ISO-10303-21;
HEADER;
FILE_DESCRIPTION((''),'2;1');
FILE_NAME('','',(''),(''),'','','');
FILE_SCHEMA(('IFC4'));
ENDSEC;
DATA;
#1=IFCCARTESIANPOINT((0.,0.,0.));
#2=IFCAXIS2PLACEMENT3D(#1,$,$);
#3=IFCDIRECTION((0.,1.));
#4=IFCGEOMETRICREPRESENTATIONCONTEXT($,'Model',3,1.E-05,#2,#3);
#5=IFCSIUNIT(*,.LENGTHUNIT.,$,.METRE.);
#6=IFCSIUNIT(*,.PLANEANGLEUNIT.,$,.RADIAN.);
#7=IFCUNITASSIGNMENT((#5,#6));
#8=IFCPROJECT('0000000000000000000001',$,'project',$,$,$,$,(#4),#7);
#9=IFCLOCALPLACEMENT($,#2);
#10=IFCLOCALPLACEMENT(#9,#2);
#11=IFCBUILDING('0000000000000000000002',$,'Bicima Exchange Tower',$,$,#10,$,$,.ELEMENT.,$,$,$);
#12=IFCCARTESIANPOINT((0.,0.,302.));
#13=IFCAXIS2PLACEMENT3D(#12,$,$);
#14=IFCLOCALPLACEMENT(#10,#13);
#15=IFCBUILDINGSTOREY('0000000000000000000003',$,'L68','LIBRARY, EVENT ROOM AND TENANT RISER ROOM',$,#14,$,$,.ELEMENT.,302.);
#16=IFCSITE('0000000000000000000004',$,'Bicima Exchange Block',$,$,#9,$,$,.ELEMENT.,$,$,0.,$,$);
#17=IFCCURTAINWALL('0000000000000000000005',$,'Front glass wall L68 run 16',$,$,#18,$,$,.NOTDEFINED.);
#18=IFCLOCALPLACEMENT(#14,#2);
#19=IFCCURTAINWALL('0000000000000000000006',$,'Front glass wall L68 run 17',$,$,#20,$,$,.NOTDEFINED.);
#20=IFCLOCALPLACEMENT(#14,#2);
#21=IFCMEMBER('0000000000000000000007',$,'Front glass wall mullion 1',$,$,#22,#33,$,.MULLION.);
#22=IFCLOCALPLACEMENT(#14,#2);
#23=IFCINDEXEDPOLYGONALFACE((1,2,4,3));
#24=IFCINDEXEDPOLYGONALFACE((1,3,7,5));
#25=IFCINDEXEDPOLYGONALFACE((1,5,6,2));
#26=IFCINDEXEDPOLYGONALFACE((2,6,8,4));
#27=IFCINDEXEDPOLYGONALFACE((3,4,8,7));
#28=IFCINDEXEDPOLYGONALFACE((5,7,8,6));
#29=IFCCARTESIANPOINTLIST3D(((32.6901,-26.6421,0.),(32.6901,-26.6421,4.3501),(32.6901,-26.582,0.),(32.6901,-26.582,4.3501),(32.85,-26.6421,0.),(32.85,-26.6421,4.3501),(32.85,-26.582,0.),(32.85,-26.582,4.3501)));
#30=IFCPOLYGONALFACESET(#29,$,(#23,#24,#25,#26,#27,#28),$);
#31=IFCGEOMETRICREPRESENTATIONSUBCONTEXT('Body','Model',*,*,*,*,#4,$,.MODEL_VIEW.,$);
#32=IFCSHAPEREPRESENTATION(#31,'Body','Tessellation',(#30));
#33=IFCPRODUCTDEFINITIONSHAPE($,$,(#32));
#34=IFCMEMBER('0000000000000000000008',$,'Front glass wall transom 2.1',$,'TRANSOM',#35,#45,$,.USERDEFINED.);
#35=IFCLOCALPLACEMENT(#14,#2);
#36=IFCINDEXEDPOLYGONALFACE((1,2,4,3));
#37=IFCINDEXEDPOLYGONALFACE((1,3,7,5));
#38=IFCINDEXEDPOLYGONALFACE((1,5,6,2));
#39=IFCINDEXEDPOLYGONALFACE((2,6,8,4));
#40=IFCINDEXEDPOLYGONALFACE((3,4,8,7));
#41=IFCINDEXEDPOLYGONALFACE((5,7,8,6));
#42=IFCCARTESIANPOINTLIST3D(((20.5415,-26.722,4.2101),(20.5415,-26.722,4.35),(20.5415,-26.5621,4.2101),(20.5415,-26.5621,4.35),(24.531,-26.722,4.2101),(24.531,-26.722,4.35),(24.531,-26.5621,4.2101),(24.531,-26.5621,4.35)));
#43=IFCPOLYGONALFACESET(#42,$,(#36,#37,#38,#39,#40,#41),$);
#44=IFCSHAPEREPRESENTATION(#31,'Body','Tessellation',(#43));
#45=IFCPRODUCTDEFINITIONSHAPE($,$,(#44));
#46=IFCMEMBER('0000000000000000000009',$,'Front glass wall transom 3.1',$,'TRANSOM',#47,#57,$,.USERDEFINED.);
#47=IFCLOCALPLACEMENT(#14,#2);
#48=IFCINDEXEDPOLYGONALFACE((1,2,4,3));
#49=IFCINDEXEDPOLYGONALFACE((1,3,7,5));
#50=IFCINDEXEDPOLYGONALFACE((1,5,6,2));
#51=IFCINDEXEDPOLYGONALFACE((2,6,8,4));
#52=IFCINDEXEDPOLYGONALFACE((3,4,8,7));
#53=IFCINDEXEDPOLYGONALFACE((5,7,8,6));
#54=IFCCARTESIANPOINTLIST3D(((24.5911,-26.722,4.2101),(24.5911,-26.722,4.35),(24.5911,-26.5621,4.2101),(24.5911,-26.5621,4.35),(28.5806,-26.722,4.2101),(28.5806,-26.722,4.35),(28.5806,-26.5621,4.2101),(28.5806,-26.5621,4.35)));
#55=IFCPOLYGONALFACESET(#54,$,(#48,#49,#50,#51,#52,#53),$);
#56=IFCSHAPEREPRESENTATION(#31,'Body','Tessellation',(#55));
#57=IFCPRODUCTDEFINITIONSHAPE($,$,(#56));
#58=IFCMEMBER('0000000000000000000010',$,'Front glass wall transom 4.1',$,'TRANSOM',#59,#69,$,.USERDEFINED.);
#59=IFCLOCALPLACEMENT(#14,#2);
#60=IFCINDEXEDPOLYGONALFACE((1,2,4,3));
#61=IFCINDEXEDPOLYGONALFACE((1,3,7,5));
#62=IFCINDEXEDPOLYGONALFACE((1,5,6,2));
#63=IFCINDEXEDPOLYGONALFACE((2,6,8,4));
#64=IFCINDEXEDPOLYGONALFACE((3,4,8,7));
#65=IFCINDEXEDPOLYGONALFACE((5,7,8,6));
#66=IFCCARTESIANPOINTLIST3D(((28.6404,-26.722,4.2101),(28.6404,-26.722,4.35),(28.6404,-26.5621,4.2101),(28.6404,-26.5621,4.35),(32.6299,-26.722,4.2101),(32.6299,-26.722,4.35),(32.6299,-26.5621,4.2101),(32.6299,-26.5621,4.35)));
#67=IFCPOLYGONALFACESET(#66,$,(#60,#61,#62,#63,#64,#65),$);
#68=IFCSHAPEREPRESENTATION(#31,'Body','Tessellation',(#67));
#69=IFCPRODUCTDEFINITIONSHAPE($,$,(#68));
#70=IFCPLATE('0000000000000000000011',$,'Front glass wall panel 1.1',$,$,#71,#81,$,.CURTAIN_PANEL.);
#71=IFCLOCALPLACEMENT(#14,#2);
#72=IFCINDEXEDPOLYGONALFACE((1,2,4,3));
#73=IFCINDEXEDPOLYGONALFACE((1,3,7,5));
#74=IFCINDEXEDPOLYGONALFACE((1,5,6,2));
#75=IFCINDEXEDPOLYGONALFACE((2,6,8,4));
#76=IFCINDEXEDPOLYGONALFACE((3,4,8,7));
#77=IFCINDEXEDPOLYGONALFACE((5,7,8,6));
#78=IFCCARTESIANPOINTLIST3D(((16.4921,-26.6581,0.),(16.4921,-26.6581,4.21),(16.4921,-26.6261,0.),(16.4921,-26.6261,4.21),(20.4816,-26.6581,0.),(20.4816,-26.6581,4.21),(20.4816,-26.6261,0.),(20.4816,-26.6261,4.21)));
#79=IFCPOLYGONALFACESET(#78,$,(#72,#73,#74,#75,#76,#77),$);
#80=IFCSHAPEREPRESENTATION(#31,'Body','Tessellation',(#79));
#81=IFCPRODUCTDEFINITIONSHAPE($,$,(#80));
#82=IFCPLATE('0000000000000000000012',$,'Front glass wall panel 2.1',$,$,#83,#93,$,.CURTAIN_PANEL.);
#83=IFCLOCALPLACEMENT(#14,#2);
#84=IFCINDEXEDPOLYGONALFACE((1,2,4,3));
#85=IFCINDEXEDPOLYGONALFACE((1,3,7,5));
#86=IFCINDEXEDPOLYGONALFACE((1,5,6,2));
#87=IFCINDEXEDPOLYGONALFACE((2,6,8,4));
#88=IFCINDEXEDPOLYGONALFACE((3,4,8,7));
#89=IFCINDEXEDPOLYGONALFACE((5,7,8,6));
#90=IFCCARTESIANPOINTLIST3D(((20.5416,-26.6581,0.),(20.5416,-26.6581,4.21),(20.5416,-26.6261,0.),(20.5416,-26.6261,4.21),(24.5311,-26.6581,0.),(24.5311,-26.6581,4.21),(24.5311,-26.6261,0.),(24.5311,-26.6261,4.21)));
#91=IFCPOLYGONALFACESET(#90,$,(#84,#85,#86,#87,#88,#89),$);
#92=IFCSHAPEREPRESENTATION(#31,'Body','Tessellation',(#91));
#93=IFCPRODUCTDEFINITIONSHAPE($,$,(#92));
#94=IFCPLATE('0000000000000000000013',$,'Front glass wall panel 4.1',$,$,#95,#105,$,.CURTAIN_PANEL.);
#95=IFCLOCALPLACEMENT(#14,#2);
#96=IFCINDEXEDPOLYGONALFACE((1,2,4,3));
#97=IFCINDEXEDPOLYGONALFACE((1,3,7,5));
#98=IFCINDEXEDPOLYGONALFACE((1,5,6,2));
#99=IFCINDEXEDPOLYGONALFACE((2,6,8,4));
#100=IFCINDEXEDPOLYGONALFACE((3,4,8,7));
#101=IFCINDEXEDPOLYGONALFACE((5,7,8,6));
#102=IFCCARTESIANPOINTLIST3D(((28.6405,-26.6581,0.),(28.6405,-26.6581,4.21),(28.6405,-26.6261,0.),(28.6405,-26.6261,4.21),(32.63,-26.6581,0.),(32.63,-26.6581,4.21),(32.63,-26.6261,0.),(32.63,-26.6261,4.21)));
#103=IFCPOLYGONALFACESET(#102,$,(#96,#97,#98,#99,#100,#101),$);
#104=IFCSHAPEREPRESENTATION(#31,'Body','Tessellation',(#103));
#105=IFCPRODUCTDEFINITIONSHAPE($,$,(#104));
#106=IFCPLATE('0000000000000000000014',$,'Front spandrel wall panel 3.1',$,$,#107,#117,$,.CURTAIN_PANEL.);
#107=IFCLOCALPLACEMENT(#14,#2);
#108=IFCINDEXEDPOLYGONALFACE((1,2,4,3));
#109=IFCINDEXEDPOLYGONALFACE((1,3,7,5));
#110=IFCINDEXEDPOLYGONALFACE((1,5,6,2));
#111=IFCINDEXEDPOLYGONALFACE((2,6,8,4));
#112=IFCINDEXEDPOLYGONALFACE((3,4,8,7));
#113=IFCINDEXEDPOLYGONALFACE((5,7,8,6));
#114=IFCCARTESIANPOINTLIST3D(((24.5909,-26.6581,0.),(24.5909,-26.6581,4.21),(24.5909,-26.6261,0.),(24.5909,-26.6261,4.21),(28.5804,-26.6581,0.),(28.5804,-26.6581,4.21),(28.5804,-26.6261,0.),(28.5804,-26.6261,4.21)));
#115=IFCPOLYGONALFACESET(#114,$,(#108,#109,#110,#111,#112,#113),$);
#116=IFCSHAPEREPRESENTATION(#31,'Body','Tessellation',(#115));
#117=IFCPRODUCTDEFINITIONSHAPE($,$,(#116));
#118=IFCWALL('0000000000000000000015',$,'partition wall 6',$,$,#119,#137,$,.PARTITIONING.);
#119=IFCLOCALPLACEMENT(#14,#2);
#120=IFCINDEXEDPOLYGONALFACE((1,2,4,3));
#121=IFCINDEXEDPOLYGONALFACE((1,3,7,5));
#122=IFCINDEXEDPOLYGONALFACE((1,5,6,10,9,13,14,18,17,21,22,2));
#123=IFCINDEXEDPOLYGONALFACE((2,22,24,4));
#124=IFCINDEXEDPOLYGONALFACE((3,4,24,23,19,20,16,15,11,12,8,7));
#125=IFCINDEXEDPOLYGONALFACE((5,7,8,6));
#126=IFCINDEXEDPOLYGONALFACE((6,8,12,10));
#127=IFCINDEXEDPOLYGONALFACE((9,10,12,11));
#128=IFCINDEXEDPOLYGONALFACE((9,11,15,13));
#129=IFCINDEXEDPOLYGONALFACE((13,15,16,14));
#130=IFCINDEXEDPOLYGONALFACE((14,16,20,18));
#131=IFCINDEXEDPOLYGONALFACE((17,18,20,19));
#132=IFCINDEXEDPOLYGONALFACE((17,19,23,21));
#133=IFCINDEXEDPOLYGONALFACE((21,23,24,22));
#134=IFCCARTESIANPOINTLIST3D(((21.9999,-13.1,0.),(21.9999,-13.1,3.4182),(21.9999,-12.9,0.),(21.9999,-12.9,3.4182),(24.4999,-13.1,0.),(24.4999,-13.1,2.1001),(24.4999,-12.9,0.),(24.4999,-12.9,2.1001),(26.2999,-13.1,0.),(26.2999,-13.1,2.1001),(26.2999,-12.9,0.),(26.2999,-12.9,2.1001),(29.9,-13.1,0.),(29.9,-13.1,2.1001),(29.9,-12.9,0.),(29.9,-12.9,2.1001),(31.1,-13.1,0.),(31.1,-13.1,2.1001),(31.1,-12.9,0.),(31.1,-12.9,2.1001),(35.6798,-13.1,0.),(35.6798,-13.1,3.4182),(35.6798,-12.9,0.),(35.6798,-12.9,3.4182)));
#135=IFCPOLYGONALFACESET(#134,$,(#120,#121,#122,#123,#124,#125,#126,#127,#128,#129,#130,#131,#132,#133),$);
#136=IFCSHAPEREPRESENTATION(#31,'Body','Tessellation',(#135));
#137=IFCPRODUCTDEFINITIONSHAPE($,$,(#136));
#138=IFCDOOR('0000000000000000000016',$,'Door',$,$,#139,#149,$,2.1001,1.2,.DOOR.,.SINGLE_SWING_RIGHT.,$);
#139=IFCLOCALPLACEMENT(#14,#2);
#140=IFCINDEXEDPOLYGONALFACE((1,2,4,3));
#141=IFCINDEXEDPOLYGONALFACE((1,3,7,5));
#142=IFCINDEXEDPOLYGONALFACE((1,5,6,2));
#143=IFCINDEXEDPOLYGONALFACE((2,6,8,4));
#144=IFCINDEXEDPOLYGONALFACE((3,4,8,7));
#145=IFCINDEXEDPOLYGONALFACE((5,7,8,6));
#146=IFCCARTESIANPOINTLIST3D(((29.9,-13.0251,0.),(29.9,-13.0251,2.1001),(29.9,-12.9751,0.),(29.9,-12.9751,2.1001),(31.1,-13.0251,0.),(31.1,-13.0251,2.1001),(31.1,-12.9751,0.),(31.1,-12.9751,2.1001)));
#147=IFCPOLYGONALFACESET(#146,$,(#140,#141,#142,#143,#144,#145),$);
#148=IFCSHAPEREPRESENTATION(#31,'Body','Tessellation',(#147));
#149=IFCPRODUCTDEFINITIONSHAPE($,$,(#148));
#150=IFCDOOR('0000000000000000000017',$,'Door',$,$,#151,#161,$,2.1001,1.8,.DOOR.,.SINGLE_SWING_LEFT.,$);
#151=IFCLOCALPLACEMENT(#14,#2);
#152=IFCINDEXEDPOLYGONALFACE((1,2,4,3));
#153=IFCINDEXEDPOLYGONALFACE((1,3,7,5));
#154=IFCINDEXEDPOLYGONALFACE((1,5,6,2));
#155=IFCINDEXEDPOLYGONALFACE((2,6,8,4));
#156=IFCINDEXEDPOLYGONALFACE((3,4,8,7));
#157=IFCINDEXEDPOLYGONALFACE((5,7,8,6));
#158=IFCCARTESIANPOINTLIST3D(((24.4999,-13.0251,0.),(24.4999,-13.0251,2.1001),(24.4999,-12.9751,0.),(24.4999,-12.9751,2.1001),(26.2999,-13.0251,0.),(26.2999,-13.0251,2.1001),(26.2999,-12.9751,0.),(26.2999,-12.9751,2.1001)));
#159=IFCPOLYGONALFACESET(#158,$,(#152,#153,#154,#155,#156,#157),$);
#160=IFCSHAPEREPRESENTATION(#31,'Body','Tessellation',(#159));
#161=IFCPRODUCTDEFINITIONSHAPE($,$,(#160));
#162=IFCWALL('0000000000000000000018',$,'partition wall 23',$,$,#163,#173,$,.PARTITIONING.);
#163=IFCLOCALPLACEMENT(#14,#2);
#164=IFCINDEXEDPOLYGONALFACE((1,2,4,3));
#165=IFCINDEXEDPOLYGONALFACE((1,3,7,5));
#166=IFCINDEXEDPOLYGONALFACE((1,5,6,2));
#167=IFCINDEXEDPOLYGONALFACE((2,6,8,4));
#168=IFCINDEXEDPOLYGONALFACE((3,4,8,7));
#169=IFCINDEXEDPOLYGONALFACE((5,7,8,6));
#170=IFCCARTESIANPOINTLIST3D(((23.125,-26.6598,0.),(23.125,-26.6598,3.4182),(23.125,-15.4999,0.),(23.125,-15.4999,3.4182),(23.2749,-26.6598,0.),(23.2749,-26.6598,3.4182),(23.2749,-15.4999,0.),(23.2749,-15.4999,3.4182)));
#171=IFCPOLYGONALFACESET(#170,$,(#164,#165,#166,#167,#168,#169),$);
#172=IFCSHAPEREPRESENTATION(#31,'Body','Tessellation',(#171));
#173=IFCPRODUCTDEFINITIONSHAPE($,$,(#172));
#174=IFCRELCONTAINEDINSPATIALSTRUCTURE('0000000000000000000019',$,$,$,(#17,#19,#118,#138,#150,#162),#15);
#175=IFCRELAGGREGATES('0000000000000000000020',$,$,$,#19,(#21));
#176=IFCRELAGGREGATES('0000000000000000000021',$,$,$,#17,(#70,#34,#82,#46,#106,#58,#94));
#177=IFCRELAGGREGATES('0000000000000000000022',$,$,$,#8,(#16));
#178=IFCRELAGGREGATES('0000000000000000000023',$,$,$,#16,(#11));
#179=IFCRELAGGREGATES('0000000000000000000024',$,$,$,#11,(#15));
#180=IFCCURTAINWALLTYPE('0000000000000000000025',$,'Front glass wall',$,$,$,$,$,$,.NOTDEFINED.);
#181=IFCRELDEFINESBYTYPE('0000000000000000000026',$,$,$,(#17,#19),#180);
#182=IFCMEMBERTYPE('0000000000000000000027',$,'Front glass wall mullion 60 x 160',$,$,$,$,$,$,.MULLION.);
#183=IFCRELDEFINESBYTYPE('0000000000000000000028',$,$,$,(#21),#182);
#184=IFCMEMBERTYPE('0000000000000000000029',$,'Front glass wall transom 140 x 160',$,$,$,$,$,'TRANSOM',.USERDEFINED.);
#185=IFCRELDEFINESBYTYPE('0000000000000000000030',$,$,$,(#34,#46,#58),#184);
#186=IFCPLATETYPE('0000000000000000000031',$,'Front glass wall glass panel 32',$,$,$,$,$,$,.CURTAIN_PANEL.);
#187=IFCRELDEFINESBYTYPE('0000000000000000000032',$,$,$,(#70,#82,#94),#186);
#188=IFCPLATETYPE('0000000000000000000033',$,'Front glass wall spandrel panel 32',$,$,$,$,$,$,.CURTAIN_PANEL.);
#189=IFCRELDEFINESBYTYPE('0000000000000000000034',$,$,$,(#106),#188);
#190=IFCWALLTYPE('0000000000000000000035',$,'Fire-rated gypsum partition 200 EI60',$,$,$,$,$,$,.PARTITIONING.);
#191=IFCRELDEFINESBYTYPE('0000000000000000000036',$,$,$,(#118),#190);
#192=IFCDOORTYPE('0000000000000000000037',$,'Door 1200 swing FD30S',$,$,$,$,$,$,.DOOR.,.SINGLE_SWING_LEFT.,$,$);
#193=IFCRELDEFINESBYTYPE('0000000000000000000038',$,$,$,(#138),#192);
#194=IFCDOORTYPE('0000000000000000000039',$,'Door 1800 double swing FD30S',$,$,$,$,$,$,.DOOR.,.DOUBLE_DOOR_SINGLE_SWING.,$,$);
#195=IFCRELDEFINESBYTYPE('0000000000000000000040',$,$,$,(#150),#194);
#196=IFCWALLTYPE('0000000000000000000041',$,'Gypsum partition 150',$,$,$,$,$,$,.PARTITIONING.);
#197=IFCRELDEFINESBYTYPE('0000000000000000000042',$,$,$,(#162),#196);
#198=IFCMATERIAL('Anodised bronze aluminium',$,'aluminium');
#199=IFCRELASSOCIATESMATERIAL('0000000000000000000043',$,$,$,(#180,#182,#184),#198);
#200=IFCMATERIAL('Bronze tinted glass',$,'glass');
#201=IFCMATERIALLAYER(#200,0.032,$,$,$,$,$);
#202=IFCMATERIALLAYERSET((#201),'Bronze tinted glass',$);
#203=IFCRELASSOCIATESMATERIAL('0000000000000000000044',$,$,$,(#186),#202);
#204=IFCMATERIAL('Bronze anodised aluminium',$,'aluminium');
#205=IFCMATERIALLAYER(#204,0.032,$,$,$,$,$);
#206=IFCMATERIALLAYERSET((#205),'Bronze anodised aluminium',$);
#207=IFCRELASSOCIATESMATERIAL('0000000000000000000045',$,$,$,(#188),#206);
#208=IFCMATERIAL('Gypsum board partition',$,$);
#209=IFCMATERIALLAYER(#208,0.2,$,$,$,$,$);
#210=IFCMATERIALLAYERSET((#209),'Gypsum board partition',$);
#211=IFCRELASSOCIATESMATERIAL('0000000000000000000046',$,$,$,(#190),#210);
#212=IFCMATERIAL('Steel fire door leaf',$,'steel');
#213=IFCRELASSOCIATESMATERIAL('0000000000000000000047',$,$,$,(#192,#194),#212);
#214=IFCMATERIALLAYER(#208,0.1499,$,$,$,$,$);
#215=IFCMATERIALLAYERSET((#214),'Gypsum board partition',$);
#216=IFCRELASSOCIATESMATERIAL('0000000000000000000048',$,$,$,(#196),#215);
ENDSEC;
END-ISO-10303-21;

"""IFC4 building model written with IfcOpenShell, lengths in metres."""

from ifc_helpers import new_model, si_unit, direction, frame, frame_2d, origin, origin_2d, place, context, subcontext, project, spatial, rectangle, extrude, material, layer, layer_set, material_profile, profile_set, type_object, element, fill, aggregate, save


model = new_model("IFC4")

# Units and contexts
model_context = context("Model", 3, precision=1e-05, world=origin(), true_north=direction((0.0, 1.0)))
body_context = subcontext(model_context, "Body", "Model", "MODEL_VIEW")
ifc_project = project(units=[si_unit("LENGTHUNIT", "METRE"), si_unit("PLANEANGLEUNIT", "RADIAN")], contexts=[model_context])

# Site, building, storey
site_placement = place(None, origin())
site = spatial("IfcSite", under=ifc_project, at=site_placement, Name="Bicima Exchange Block", CompositionType="ELEMENT", RefElevation=0.0)
building_placement = place(site_placement, origin())
building = spatial("IfcBuilding", under=site, at=building_placement, Name="Bicima Exchange Tower", CompositionType="ELEMENT")
storey_placement = place(building_placement, frame((0.0, 0.0, 302.0)))
storey = spatial("IfcBuildingStorey", under=building, at=storey_placement, Name="L68", Description="LIBRARY, EVENT ROOM AND TENANT RISER ROOM", CompositionType="ELEMENT", Elevation=302.0)

# Curtain wall
ifc_material_1 = material(Name="Anodised bronze aluminium", Category="aluminium")
curtain_wall_type = type_object("IfcCurtainWallType", Name="Front glass wall", PredefinedType="NOTDEFINED", material=ifc_material_1)
curtain_wall_1_placement = place(storey_placement, origin())
curtain_wall_1 = element("IfcCurtainWall", 1, at=curtain_wall_1_placement, inside=storey, type_object=curtain_wall_type, Name="Front glass wall L68 run 16", PredefinedType="NOTDEFINED")
ifc_material_profile_1 = material_profile(ifc_material_1, rectangle(XDim=0.1599, YDim=0.0601, at=origin_2d()))
ifc_profile_set_1 = profile_set([ifc_material_profile_1], Name="Anodised bronze aluminium")
member_type_1 = type_object("IfcMemberType", Name="Front glass wall mullion 60 x 160", PredefinedType="MULLION", material=ifc_profile_set_1)

# Curtain wall, member
curtain_wall_2_placement = place(storey_placement, origin())
curtain_wall_2 = element("IfcCurtainWall", 2, at=curtain_wall_2_placement, inside=storey, type_object=curtain_wall_type, Name="Front glass wall L68 run 17", PredefinedType="NOTDEFINED")
member_1_placement = place(storey_placement, frame((32.77, -26.6121, 0.0), z_axis=(0.0, 0.0, 1.0), x_axis=(-1.0, 0.0, 0.0)))
member_1 = element("IfcMember", 3, at=member_1_placement, type_object=member_type_1, Name="Front glass wall mullion 1", PredefinedType="MULLION", context=body_context, shape_type="SweptSolid", body=[
    extrude(rectangle(XDim=0.1599, YDim=0.0601, at=origin_2d()), origin(), (0.0, 0.0, 1.0), 4.3501),
])
aggregate(curtain_wall_2, [member_1])

# Members
ifc_material_profile_2 = material_profile(ifc_material_1, rectangle(XDim=0.1599, YDim=0.1399, at=origin_2d()))
ifc_profile_set_2 = profile_set([ifc_material_profile_2], Name="Anodised bronze aluminium")
member_type_2 = type_object("IfcMemberType", Name="Front glass wall transom 140 x 160", ElementType="TRANSOM", PredefinedType="USERDEFINED", material=ifc_profile_set_2)
member_2_placement = place(storey_placement, frame((20.5415, -26.6421, 4.28), z_axis=(1.0, 0.0, 0.0), x_axis=(0.0, 1.0, 0.0)))
member_2 = element("IfcMember", 4, at=member_2_placement, type_object=member_type_2, Name="Front glass wall transom 2.1", ObjectType="TRANSOM", PredefinedType="USERDEFINED", context=body_context, shape_type="SweptSolid", body=[
    extrude(rectangle(XDim=0.1599, YDim=0.1399, at=origin_2d()), origin(), (0.0, 0.0, 1.0), 3.9895),
])
member_3_placement = place(storey_placement, frame((24.5911, -26.6421, 4.28), z_axis=(1.0, 0.0, 0.0), x_axis=(0.0, 1.0, 0.0)))
member_3 = element("IfcMember", 5, at=member_3_placement, type_object=member_type_2, Name="Front glass wall transom 3.1", ObjectType="TRANSOM", PredefinedType="USERDEFINED", context=body_context, shape_type="SweptSolid", body=[
    extrude(rectangle(XDim=0.1599, YDim=0.1399, at=origin_2d()), origin(), (0.0, 0.0, 1.0), 3.9895),
])
member_4_placement = place(storey_placement, frame((28.6404, -26.6421, 4.28), z_axis=(1.0, 0.0, 0.0), x_axis=(0.0, 1.0, 0.0)))
member_4 = element("IfcMember", 6, at=member_4_placement, type_object=member_type_2, Name="Front glass wall transom 4.1", ObjectType="TRANSOM", PredefinedType="USERDEFINED", context=body_context, shape_type="SweptSolid", body=[
    extrude(rectangle(XDim=0.1599, YDim=0.1399, at=origin_2d()), origin(), (0.0, 0.0, 1.0), 3.9895),
])

# Plates
ifc_material_2 = material(Name="Bronze tinted glass", Category="glass")
ifc_layer_1 = layer(ifc_material_2, 0.032)
ifc_layer_set_1 = layer_set([ifc_layer_1], Name="Bronze tinted glass")
plate_type_1 = type_object("IfcPlateType", Name="Front glass wall glass panel 32", PredefinedType="CURTAIN_PANEL", material=ifc_layer_set_1)
plate_1_placement = place(storey_placement, frame((18.4868, -26.6421, 0.0), z_axis=(0.0, 0.0, 1.0), x_axis=(1.0, 0.0, 0.0)))
plate_1 = element("IfcPlate", 7, at=plate_1_placement, type_object=plate_type_1, Name="Front glass wall panel 1.1", PredefinedType="CURTAIN_PANEL", context=body_context, shape_type="SweptSolid", body=[
    extrude(rectangle(XDim=3.9895, YDim=0.032, at=origin_2d()), origin(), (0.0, 0.0, 1.0), 4.21),
])
plate_2_placement = place(storey_placement, frame((22.5364, -26.6421, 0.0), z_axis=(0.0, 0.0, 1.0), x_axis=(1.0, 0.0, 0.0)))
plate_2 = element("IfcPlate", 8, at=plate_2_placement, type_object=plate_type_1, Name="Front glass wall panel 2.1", PredefinedType="CURTAIN_PANEL", context=body_context, shape_type="SweptSolid", body=[
    extrude(rectangle(XDim=3.9895, YDim=0.032, at=origin_2d()), origin(), (0.0, 0.0, 1.0), 4.21),
])
plate_3_placement = place(storey_placement, frame((30.6353, -26.6421, 0.0), z_axis=(0.0, 0.0, 1.0), x_axis=(1.0, 0.0, 0.0)))
plate_3 = element("IfcPlate", 9, at=plate_3_placement, type_object=plate_type_1, Name="Front glass wall panel 4.1", PredefinedType="CURTAIN_PANEL", context=body_context, shape_type="SweptSolid", body=[
    extrude(rectangle(XDim=3.9895, YDim=0.032, at=origin_2d()), origin(), (0.0, 0.0, 1.0), 4.21),
])
ifc_material_3 = material(Name="Bronze anodised aluminium", Category="aluminium")
ifc_layer_2 = layer(ifc_material_3, 0.032)
ifc_layer_set_2 = layer_set([ifc_layer_2], Name="Bronze anodised aluminium")
plate_type_2 = type_object("IfcPlateType", Name="Front glass wall spandrel panel 32", PredefinedType="CURTAIN_PANEL", material=ifc_layer_set_2)
plate_4_placement = place(storey_placement, frame((26.5857, -26.6421, 0.0), z_axis=(0.0, 0.0, 1.0), x_axis=(1.0, 0.0, 0.0)))
plate_4 = element("IfcPlate", 10, at=plate_4_placement, type_object=plate_type_2, Name="Front spandrel wall panel 3.1", PredefinedType="CURTAIN_PANEL", context=body_context, shape_type="SweptSolid", body=[
    extrude(rectangle(XDim=3.9895, YDim=0.032, at=origin_2d()), origin(), (0.0, 0.0, 1.0), 4.21),
])
aggregate(curtain_wall_1, [plate_1, member_2, plate_2, member_3, plate_4, member_4, plate_3])

# Wall, openings, doors
ifc_material_4 = material(Name="Gypsum board partition")
ifc_layer_3 = layer(ifc_material_4, 0.2)
ifc_layer_set_3 = layer_set([ifc_layer_3], Name="Gypsum board partition")
wall_type_1 = type_object("IfcWallType", Name="Fire-rated gypsum partition 200 EI60", PredefinedType="PARTITIONING", material=ifc_layer_set_3)
wall_1_placement = place(storey_placement, frame((22.0, -13.0, 0.0), z_axis=(0.0, 0.0, 1.0), x_axis=(1.0, 0.0, 0.0)))
wall_1 = element("IfcWall", 11, at=wall_1_placement, inside=storey, type_object=wall_type_1, Name="partition wall 6", PredefinedType="PARTITIONING", context=body_context, shape_type="SweptSolid", body=[
    extrude(rectangle(XDim=13.6799, YDim=0.2, at=frame_2d((6.8398, 0.0))), origin(), (0.0, 0.0, 1.0), 3.4182),
])
opening_1_placement = place(wall_1_placement, frame((7.8999, 0.0, 0.0)))
opening_1 = element("IfcOpeningElement", 12, at=opening_1_placement, cuts=wall_1, PredefinedType="OPENING", context=body_context, shape_type="SweptSolid", body=[
    extrude(rectangle(XDim=1.2, YDim=2.1001, at=frame_2d((0.6001, 1.05))), frame((0.0, 0.1118, 0.0), z_axis=(0.0, -1.0, 0.0), x_axis=(1.0, 0.0, 0.0)), (0.0, 0.0, 1.0), 0.2239),
])
opening_2_placement = place(wall_1_placement, frame((2.5, 0.0, 0.0)))
opening_2 = element("IfcOpeningElement", 13, at=opening_2_placement, cuts=wall_1, PredefinedType="OPENING", context=body_context, shape_type="SweptSolid", body=[
    extrude(rectangle(XDim=1.8, YDim=2.1001, at=frame_2d((0.8999, 1.05))), frame((0.0, 0.1118, 0.0), z_axis=(0.0, -1.0, 0.0), x_axis=(1.0, 0.0, 0.0)), (0.0, 0.0, 1.0), 0.2239),
])
ifc_material_5 = material(Name="Steel fire door leaf", Category="steel")
door_type_1 = type_object("IfcDoorType", Name="Door 1200 swing FD30S", OperationType="SINGLE_SWING_LEFT", PredefinedType="DOOR", material=ifc_material_5)
door_1_placement = place(opening_1_placement, origin())
door_1 = element("IfcDoor", 14, at=door_1_placement, inside=storey, type_object=door_type_1, Name="Door", OperationType="SINGLE_SWING_RIGHT", OverallHeight=2.1001, OverallWidth=1.2, PredefinedType="DOOR", context=body_context, shape_type="SweptSolid", body=[
    extrude(rectangle(XDim=1.2, YDim=2.1001, at=frame_2d((0.6001, 1.05))), frame((0.0, 0.0249, 0.0), z_axis=(0.0, -1.0, 0.0), x_axis=(1.0, 0.0, 0.0)), (0.0, 0.0, 1.0), 0.05),
])
fill(opening_1, door_1)
door_type_2 = type_object("IfcDoorType", Name="Door 1800 double swing FD30S", OperationType="DOUBLE_DOOR_SINGLE_SWING", PredefinedType="DOOR", material=ifc_material_5)
door_2_placement = place(opening_2_placement, origin())
door_2 = element("IfcDoor", 15, at=door_2_placement, inside=storey, type_object=door_type_2, Name="Door", OperationType="SINGLE_SWING_LEFT", OverallHeight=2.1001, OverallWidth=1.8, PredefinedType="DOOR", context=body_context, shape_type="SweptSolid", body=[
    extrude(rectangle(XDim=1.8, YDim=2.1001, at=frame_2d((0.8999, 1.05))), frame((0.0, 0.0249, 0.0), z_axis=(0.0, -1.0, 0.0), x_axis=(1.0, 0.0, 0.0)), (0.0, 0.0, 1.0), 0.05),
])
fill(opening_2, door_2)

# Wall
ifc_layer_4 = layer(ifc_material_4, 0.1499)
ifc_layer_set_4 = layer_set([ifc_layer_4], Name="Gypsum board partition")
wall_type_2 = type_object("IfcWallType", Name="Gypsum partition 150", PredefinedType="PARTITIONING", material=ifc_layer_set_4)
wall_2_placement = place(storey_placement, frame((23.2, -26.6599, 0.0), z_axis=(0.0, 0.0, 1.0), x_axis=(0.0, 1.0, 0.0)))
element("IfcWall", 16, at=wall_2_placement, inside=storey, type_object=wall_type_2, Name="partition wall 23", PredefinedType="PARTITIONING", context=body_context, shape_type="SweptSolid", body=[
    extrude(rectangle(XDim=11.1599, YDim=0.1499, at=frame_2d((5.5801, 0.0))), origin(), (0.0, 0.0, 1.0), 3.4182),
])

save(model, "model.ifc")
